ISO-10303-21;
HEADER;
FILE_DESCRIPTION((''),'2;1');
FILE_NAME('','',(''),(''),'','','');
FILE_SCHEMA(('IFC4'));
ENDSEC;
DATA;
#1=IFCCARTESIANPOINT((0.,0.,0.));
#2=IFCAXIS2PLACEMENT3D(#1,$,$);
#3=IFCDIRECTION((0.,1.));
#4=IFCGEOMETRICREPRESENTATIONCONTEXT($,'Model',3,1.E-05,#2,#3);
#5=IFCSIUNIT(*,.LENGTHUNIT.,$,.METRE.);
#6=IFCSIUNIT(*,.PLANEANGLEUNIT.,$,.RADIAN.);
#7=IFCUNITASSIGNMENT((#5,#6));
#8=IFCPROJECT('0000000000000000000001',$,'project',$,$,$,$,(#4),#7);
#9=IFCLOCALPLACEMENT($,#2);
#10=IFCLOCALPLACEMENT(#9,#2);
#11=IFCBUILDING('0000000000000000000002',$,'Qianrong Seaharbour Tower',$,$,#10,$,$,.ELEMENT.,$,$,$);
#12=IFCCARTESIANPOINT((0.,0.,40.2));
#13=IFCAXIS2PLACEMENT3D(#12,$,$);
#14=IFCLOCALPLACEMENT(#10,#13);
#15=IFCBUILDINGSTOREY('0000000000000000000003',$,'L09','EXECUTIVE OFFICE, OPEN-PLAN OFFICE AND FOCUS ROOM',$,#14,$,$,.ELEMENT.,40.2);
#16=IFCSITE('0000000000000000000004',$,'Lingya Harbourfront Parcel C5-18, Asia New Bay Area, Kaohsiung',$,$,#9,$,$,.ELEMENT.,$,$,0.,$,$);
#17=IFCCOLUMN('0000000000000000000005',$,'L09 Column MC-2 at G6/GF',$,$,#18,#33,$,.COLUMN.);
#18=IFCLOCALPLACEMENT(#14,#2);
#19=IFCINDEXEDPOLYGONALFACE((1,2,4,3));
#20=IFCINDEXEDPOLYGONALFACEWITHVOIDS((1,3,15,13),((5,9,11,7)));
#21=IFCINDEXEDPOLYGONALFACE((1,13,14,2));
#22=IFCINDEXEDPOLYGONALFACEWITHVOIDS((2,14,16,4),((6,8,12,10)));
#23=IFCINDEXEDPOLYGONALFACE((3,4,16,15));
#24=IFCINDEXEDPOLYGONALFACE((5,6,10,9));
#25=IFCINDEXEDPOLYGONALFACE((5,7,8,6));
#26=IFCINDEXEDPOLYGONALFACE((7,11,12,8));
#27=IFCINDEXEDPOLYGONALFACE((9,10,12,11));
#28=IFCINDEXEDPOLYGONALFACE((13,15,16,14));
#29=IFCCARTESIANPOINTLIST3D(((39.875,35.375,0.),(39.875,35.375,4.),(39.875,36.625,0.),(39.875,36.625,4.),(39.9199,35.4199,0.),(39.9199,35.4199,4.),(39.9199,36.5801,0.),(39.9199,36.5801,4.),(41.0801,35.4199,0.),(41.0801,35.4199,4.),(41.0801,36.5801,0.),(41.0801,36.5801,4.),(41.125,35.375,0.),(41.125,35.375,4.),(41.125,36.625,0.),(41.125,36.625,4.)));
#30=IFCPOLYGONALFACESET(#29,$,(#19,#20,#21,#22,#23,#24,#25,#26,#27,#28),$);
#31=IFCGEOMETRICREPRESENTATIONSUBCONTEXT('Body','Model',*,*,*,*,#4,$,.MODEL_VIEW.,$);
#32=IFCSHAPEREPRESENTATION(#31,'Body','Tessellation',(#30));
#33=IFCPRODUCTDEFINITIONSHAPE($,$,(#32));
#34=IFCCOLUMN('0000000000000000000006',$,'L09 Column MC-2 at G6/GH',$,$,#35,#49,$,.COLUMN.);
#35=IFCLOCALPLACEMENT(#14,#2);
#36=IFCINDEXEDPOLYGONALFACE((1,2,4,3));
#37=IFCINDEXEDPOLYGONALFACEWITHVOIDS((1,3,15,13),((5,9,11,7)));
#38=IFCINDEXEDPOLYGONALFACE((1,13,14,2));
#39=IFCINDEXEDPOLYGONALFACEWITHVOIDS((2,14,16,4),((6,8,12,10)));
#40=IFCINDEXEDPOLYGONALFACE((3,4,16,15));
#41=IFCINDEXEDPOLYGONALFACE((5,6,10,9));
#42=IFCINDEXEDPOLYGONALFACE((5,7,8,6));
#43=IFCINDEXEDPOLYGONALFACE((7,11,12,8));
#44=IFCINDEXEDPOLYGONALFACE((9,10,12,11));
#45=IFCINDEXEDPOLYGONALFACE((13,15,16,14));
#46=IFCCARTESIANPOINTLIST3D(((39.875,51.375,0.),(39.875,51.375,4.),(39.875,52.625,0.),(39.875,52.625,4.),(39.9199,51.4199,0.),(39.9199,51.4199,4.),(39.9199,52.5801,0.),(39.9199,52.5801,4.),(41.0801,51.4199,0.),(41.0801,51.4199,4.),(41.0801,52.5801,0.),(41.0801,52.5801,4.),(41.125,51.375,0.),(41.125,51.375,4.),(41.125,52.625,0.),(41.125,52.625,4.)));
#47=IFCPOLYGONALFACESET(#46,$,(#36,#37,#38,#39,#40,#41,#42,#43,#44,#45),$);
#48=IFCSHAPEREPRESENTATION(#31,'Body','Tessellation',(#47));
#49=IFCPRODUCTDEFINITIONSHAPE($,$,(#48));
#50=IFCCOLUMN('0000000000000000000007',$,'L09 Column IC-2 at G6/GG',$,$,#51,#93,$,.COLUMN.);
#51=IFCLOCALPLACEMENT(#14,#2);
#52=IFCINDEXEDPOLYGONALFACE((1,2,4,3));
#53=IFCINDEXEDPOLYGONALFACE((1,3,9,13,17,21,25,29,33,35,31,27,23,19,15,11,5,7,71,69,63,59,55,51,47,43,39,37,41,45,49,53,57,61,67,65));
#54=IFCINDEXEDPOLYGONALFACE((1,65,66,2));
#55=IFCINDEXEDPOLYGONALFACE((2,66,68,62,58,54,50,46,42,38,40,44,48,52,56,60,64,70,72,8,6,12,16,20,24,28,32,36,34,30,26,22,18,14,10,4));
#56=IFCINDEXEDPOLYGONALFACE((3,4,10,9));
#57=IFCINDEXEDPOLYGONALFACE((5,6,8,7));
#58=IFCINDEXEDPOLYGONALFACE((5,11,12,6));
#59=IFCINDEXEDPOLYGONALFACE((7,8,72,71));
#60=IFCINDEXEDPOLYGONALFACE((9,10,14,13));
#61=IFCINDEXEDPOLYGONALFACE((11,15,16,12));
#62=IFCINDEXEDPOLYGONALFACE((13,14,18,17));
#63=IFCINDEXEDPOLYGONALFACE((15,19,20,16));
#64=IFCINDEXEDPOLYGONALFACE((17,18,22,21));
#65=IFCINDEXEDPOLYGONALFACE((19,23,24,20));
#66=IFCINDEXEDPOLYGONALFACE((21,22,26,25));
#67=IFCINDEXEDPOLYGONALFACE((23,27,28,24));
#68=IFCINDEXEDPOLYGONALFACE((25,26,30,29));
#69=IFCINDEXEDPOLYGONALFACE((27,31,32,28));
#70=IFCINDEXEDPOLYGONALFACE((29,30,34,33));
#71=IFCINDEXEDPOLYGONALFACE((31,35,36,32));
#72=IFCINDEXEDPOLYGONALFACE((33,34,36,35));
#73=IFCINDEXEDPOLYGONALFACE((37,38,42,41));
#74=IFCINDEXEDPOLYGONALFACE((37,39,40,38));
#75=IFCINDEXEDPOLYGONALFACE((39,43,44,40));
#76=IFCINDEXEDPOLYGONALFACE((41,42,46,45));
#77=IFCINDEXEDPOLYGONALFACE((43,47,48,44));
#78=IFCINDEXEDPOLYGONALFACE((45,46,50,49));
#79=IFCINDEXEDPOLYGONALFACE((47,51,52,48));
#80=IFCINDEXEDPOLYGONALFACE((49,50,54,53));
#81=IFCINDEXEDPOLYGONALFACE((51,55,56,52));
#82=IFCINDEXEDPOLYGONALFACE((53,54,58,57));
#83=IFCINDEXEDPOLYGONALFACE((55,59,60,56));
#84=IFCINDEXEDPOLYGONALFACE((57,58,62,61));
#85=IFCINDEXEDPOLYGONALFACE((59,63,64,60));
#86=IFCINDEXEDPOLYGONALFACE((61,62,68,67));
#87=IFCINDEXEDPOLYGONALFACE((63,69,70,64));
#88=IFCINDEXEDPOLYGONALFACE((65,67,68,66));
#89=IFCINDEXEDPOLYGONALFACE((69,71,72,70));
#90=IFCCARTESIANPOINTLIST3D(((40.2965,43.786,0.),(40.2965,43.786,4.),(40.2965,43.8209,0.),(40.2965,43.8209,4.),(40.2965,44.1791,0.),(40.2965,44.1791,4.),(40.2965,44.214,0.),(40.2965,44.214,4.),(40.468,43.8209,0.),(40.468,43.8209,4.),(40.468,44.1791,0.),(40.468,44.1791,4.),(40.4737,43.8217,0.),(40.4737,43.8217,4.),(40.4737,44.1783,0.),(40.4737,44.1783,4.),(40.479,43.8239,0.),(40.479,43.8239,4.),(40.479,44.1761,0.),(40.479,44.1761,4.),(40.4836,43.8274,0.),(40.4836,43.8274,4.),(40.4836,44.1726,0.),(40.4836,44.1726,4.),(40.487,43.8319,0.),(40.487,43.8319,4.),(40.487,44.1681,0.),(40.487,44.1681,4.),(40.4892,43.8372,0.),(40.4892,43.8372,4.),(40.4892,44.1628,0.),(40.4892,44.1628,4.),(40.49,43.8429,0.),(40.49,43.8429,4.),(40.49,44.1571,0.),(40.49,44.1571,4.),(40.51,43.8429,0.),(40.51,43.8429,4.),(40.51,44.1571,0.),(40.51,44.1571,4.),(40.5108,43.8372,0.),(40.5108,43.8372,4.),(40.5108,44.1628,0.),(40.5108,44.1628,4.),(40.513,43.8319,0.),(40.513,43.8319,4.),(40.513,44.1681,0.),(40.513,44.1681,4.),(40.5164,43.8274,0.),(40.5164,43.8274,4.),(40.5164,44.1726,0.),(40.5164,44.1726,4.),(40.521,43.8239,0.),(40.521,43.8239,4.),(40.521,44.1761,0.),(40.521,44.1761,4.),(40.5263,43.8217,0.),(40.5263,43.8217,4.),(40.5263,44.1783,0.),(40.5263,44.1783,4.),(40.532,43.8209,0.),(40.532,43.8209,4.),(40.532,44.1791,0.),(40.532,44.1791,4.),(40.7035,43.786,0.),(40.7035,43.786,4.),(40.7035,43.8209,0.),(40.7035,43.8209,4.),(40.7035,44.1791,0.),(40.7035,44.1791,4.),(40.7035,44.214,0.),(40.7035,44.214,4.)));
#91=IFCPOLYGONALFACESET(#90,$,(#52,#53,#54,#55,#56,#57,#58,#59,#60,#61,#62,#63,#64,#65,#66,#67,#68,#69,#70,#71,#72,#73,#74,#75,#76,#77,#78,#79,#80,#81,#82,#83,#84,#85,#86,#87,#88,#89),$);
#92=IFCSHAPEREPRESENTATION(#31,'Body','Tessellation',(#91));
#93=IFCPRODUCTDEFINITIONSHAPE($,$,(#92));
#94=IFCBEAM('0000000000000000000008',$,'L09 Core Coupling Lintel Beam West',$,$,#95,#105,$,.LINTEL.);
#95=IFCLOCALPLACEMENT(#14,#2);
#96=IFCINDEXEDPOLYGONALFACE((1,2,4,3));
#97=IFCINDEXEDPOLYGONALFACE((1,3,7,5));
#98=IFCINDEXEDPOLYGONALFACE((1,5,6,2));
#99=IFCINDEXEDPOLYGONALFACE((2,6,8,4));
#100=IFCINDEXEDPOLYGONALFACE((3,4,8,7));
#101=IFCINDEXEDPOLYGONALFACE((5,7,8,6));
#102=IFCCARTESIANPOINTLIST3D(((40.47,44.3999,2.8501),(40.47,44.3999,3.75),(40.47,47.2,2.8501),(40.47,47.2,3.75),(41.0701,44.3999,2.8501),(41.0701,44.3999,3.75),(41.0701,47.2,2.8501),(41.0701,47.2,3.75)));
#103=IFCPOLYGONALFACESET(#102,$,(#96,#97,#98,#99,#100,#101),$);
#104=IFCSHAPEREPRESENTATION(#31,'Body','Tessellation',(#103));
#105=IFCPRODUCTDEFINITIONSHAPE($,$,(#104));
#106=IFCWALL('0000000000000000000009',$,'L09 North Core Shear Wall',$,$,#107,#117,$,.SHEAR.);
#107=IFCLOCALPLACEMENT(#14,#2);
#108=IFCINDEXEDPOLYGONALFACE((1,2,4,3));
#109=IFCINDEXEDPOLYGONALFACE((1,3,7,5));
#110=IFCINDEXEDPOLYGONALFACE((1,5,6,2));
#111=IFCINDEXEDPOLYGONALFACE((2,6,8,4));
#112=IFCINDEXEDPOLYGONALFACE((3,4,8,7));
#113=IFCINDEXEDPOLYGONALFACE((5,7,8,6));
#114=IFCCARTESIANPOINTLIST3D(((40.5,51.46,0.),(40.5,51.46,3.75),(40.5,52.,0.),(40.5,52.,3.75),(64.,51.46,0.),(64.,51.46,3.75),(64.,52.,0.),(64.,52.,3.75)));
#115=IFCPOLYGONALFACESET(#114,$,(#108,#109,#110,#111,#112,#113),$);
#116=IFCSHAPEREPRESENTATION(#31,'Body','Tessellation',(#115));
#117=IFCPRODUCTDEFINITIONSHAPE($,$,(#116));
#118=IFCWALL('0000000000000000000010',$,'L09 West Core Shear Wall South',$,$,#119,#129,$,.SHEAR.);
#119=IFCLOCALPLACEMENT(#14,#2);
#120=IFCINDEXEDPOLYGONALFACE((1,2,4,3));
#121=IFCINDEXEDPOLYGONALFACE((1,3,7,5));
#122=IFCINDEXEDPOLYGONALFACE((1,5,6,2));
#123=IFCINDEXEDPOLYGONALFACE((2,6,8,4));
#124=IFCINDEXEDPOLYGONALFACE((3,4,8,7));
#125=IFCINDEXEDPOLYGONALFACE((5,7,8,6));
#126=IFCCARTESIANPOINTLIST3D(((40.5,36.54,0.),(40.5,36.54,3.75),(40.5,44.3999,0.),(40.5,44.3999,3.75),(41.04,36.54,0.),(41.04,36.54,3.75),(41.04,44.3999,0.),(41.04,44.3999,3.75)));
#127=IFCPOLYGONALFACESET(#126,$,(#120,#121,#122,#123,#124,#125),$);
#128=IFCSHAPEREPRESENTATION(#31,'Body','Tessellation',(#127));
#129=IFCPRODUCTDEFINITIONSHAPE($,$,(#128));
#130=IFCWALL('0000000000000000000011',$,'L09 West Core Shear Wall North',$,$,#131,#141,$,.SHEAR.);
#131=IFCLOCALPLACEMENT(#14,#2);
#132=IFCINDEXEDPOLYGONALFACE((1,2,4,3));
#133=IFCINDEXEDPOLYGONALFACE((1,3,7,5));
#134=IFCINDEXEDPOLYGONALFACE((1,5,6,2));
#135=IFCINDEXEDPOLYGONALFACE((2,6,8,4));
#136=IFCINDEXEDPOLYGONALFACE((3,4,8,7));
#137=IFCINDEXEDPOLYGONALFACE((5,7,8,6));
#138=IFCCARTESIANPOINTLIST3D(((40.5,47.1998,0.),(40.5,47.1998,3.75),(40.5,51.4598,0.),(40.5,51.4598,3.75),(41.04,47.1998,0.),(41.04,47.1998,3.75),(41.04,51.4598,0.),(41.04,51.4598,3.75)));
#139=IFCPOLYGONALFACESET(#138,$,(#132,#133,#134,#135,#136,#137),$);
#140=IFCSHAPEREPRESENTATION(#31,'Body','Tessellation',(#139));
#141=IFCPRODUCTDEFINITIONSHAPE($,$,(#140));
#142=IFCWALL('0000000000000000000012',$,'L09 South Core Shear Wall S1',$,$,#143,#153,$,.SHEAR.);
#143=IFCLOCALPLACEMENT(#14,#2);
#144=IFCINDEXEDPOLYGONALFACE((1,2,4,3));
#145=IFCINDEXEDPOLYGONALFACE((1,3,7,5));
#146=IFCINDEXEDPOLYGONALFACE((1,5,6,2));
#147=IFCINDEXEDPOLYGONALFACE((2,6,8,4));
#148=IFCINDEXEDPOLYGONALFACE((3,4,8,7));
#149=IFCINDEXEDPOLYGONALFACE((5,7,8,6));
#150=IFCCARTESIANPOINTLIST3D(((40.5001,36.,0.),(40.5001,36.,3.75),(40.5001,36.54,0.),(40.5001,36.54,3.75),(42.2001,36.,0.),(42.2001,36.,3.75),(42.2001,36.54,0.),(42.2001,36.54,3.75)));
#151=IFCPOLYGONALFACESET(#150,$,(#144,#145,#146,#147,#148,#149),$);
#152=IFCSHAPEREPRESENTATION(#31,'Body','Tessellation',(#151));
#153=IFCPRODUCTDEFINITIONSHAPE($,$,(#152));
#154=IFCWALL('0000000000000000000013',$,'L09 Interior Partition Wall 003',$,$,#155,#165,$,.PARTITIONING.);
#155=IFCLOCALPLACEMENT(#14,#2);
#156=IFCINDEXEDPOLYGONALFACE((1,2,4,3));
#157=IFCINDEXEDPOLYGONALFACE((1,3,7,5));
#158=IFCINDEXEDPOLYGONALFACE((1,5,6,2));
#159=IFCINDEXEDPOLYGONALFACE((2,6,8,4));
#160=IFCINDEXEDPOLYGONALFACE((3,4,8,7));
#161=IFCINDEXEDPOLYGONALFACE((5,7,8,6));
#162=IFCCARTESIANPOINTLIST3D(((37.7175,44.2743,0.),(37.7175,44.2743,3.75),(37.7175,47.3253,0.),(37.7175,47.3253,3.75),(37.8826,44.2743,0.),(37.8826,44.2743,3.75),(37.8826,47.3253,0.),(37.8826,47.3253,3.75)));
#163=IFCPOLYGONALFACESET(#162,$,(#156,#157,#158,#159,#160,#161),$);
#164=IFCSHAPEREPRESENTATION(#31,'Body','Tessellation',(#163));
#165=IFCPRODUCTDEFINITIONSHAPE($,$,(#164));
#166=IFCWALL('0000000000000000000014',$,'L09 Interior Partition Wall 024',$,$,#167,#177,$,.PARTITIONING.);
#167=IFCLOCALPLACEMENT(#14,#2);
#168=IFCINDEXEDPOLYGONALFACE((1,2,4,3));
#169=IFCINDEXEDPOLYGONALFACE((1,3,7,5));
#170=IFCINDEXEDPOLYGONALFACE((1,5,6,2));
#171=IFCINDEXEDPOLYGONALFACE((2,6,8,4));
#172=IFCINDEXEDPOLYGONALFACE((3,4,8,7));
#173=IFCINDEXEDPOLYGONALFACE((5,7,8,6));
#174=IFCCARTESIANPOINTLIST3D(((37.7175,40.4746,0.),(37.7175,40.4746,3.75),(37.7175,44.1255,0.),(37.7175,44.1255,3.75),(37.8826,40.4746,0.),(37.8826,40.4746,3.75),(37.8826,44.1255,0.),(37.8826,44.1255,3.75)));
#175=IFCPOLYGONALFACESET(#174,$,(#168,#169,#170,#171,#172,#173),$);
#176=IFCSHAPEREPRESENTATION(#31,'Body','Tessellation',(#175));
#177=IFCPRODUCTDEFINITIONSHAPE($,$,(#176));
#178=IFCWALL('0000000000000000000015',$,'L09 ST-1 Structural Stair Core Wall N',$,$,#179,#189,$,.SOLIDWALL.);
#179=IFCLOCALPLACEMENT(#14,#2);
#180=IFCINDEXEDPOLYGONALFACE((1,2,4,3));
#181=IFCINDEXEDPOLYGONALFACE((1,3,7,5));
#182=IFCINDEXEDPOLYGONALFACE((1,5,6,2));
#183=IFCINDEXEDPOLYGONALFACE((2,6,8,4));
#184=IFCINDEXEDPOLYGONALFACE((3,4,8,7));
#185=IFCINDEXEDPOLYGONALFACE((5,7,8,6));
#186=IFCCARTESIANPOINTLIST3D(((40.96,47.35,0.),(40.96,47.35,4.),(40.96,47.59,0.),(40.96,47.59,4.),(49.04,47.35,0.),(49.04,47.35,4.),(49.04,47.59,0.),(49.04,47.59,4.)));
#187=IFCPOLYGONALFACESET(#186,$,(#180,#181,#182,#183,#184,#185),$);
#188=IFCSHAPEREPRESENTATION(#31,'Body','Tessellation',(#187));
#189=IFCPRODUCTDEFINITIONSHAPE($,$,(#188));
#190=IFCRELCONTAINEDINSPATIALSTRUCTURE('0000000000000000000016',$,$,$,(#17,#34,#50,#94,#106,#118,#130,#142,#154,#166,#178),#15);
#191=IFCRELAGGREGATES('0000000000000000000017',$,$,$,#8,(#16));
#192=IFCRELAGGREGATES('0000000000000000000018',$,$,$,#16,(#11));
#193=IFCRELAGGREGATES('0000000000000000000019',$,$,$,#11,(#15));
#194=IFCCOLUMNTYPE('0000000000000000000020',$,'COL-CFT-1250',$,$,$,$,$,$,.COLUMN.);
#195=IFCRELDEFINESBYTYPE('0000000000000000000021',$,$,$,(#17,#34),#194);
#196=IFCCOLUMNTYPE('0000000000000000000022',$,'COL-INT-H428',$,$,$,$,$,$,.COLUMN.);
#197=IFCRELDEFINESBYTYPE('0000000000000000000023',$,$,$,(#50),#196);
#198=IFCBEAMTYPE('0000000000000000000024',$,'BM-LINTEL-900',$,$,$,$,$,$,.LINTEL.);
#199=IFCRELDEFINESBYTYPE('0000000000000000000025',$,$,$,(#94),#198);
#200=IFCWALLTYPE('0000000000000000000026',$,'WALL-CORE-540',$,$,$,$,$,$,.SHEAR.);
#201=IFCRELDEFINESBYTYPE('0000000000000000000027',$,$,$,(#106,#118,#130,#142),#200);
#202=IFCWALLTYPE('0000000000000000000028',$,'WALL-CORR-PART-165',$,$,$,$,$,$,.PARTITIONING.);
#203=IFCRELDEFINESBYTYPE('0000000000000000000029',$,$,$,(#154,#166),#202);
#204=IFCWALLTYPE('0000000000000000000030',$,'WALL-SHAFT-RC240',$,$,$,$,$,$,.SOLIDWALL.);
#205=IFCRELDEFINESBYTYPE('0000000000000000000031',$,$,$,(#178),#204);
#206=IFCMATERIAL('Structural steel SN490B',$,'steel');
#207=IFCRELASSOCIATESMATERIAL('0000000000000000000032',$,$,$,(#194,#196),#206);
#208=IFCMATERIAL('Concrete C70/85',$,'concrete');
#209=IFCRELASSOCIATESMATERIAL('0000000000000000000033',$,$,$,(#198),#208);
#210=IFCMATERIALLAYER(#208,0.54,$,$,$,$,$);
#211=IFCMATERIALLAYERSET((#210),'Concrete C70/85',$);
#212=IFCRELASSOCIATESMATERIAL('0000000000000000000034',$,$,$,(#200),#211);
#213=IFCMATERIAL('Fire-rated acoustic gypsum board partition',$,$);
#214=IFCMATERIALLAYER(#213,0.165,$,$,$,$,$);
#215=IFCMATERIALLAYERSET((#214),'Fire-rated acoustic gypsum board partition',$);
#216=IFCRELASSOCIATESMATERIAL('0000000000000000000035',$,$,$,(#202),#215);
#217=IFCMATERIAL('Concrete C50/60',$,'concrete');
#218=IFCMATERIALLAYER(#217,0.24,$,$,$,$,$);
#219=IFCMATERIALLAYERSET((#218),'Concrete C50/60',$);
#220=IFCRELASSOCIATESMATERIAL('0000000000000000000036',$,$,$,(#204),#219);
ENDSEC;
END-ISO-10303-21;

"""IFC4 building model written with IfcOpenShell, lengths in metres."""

from ifc_helpers import new_model, si_unit, direction, frame, frame_2d, origin, origin_2d, place, context, subcontext, project, spatial, rectangle, hollow_rectangle, i_section, extrude, material, layer, layer_set, material_profile, profile_set, type_object, element, save


model = new_model("IFC4")

# Units and contexts
model_context = context("Model", 3, precision=1e-05, world=origin(), true_north=direction((0.0, 1.0)))
body_context = subcontext(model_context, "Body", "Model", "MODEL_VIEW")
ifc_project = project(units=[si_unit("LENGTHUNIT", "METRE"), si_unit("PLANEANGLEUNIT", "RADIAN")], contexts=[model_context])

# Site, building, storey
site_placement = place(None, origin())
site = spatial("IfcSite", under=ifc_project, at=site_placement, Name="Lingya Harbourfront Parcel C5-18, Asia New Bay Area, Kaohsiung", CompositionType="ELEMENT", RefElevation=0.0)
building_placement = place(site_placement, origin())
building = spatial("IfcBuilding", under=site, at=building_placement, Name="Qianrong Seaharbour Tower", CompositionType="ELEMENT")
storey_placement = place(building_placement, frame((0.0, 0.0, 40.2)))
storey = spatial("IfcBuildingStorey", under=building, at=storey_placement, Name="L09", Description="EXECUTIVE OFFICE, OPEN-PLAN OFFICE AND FOCUS ROOM", CompositionType="ELEMENT", Elevation=40.2)

# Columns
ifc_material_1 = material(Name="Structural steel SN490B", Category="steel")
ifc_material_profile_1 = material_profile(ifc_material_1, hollow_rectangle(XDim=1.25, YDim=1.25, WallThickness=0.0449, at=origin_2d()), Name="BOX1250x1250x45")
ifc_profile_set_1 = profile_set([ifc_material_profile_1], Name="Structural steel SN490B")
column_type_1 = type_object("IfcColumnType", Name="COL-CFT-1250", PredefinedType="COLUMN", material=ifc_profile_set_1)
for number, where, z_axis, x_axis, name in (
    (1, (40.5, 36.0, 0.0), (0.0, 0.0, 1.0), (1.0, 0.0, 0.0), "L09 Column MC-2 at G6/GF"),
    (2, (40.5, 52.0, 0.0), (0.0, 0.0, 1.0), (1.0, 0.0, 0.0), "L09 Column MC-2 at G6/GH"),
):
    element("IfcColumn", number, at=place(storey_placement, frame(where, z_axis=z_axis, x_axis=x_axis)), inside=storey, type_object=column_type_1, Name=name, PredefinedType="COLUMN", context=body_context, shape_type="SweptSolid", body=[
        extrude(hollow_rectangle(XDim=1.25, YDim=1.25, WallThickness=0.0449, at=origin_2d()), origin(), (0.0, 0.0, 1.0), 4.0),
    ])
ifc_material_profile_2 = material_profile(ifc_material_1, i_section(OverallWidth=0.407, OverallDepth=0.428, WebThickness=0.02, FlangeThickness=0.0349, FilletRadius=0.022, at=origin_2d()), Name="H428x407x20x35")
ifc_profile_set_2 = profile_set([ifc_material_profile_2], Name="Structural steel SN490B")
column_type_2 = type_object("IfcColumnType", Name="COL-INT-H428", PredefinedType="COLUMN", material=ifc_profile_set_2)
column_placement = place(storey_placement, frame((40.5, 44.0, 0.0), z_axis=(0.0, 0.0, 1.0), x_axis=(1.0, 0.0, 0.0)))
element("IfcColumn", 3, at=column_placement, inside=storey, type_object=column_type_2, Name="L09 Column IC-2 at G6/GG", PredefinedType="COLUMN", context=body_context, shape_type="SweptSolid", body=[
    extrude(i_section(OverallWidth=0.407, OverallDepth=0.428, WebThickness=0.02, FlangeThickness=0.0349, FilletRadius=0.022, at=origin_2d()), origin(), (0.0, 0.0, 1.0), 4.0),
])

# Beam
ifc_material_2 = material(Name="Concrete C70/85", Category="concrete")
ifc_material_profile_3 = material_profile(ifc_material_2, rectangle(XDim=0.6001, YDim=0.8999, at=origin_2d()), Name="RC600x900")
ifc_profile_set_3 = profile_set([ifc_material_profile_3], Name="Concrete C70/85")
beam_type = type_object("IfcBeamType", Name="BM-LINTEL-900", PredefinedType="LINTEL", material=ifc_profile_set_3)
beam_placement = place(storey_placement, frame((40.77, 44.3999, 3.3), z_axis=(0.0, 1.0, 0.0), x_axis=(-1.0, 0.0, 0.0)))
element("IfcBeam", 4, at=beam_placement, inside=storey, type_object=beam_type, Name="L09 Core Coupling Lintel Beam West", PredefinedType="LINTEL", context=body_context, shape_type="SweptSolid", body=[
    extrude(rectangle(XDim=0.6001, YDim=0.8999, at=origin_2d()), origin(), (0.0, 0.0, 1.0), 2.8),
])

# Walls
ifc_layer_1 = layer(ifc_material_2, 0.54)
ifc_layer_set_1 = layer_set([ifc_layer_1], Name="Concrete C70/85")
wall_type_1 = type_object("IfcWallType", Name="WALL-CORE-540", PredefinedType="SHEAR", material=ifc_layer_set_1)
wall_1_placement = place(storey_placement, frame((40.5, 51.73, 0.0), z_axis=(0.0, 0.0, 1.0), x_axis=(1.0, 0.0, 0.0)))
element("IfcWall", 5, at=wall_1_placement, inside=storey, type_object=wall_type_1, Name="L09 North Core Shear Wall", PredefinedType="SHEAR", context=body_context, shape_type="SweptSolid", body=[
    extrude(rectangle(XDim=23.5, YDim=0.54, at=frame_2d((11.75, 0.0))), origin(), (0.0, 0.0, 1.0), 3.75),
])
wall_2_placement = place(storey_placement, frame((40.77, 36.54, 0.0), z_axis=(0.0, 0.0, 1.0), x_axis=(0.0, 1.0, 0.0)))
element("IfcWall", 6, at=wall_2_placement, inside=storey, type_object=wall_type_1, Name="L09 West Core Shear Wall South", PredefinedType="SHEAR", context=body_context, shape_type="SweptSolid", body=[
    extrude(rectangle(XDim=7.8599, YDim=0.54, at=frame_2d((3.9299, 0.0))), origin(), (0.0, 0.0, 1.0), 3.75),
])
wall_3_placement = place(storey_placement, frame((40.77, 47.2, 0.0), z_axis=(0.0, 0.0, 1.0), x_axis=(0.0, 1.0, 0.0)))
element("IfcWall", 7, at=wall_3_placement, inside=storey, type_object=wall_type_1, Name="L09 West Core Shear Wall North", PredefinedType="SHEAR", context=body_context, shape_type="SweptSolid", body=[
    extrude(rectangle(XDim=4.26, YDim=0.54, at=frame_2d((2.1299, 0.0))), origin(), (0.0, 0.0, 1.0), 3.75),
])
wall_4_placement = place(storey_placement, frame((40.5, 36.27, 0.0), z_axis=(0.0, 0.0, 1.0), x_axis=(1.0, 0.0, 0.0)))
element("IfcWall", 8, at=wall_4_placement, inside=storey, type_object=wall_type_1, Name="L09 South Core Shear Wall S1", PredefinedType="SHEAR", context=body_context, shape_type="SweptSolid", body=[
    extrude(rectangle(XDim=1.7, YDim=0.54, at=frame_2d((0.8501, 0.0))), origin(), (0.0, 0.0, 1.0), 3.75),
])

# Shared definitions
ifc_material_3 = material(Name="Fire-rated acoustic gypsum board partition")
ifc_layer_2 = layer(ifc_material_3, 0.165)
ifc_layer_set_2 = layer_set([ifc_layer_2], Name="Fire-rated acoustic gypsum board partition")
wall_type_2 = type_object("IfcWallType", Name="WALL-CORR-PART-165", PredefinedType="PARTITIONING", material=ifc_layer_set_2)

# Walls
wall_5_placement = place(storey_placement, frame((37.8, 44.2744, 0.0), z_axis=(0.0, 0.0, 1.0), x_axis=(0.0, 1.0, 0.0)))
element("IfcWall", 9, at=wall_5_placement, inside=storey, type_object=wall_type_2, Name="L09 Interior Partition Wall 003", PredefinedType="PARTITIONING", context=body_context, shape_type="SweptSolid", body=[
    extrude(rectangle(XDim=3.051, YDim=0.165, at=frame_2d((1.5254, 0.0))), origin(), (0.0, 0.0, 1.0), 3.75),
])
wall_6_placement = place(storey_placement, frame((37.8, 40.4746, 0.0), z_axis=(0.0, 0.0, 1.0), x_axis=(0.0, 1.0, 0.0)))
element("IfcWall", 10, at=wall_6_placement, inside=storey, type_object=wall_type_2, Name="L09 Interior Partition Wall 024", PredefinedType="PARTITIONING", context=body_context, shape_type="SweptSolid", body=[
    extrude(rectangle(XDim=3.6509, YDim=0.165, at=frame_2d((1.8254, 0.0))), origin(), (0.0, 0.0, 1.0), 3.75),
])
ifc_material_4 = material(Name="Concrete C50/60", Category="concrete")
ifc_layer_3 = layer(ifc_material_4, 0.24)
ifc_layer_set_3 = layer_set([ifc_layer_3], Name="Concrete C50/60")
wall_type_3 = type_object("IfcWallType", Name="WALL-SHAFT-RC240", PredefinedType="SOLIDWALL", material=ifc_layer_set_3)
wall_7_placement = place(storey_placement, frame((40.96, 47.47, 0.0), z_axis=(0.0, 0.0, 1.0), x_axis=(1.0, 0.0, 0.0)))
element("IfcWall", 11, at=wall_7_placement, inside=storey, type_object=wall_type_3, Name="L09 ST-1 Structural Stair Core Wall N", PredefinedType="SOLIDWALL", context=body_context, shape_type="SweptSolid", body=[
    extrude(rectangle(XDim=8.0801, YDim=0.24, at=frame_2d((4.04, 0.0))), origin(), (0.0, 0.0, 1.0), 4.0),
])

save(model, "model.ifc")
